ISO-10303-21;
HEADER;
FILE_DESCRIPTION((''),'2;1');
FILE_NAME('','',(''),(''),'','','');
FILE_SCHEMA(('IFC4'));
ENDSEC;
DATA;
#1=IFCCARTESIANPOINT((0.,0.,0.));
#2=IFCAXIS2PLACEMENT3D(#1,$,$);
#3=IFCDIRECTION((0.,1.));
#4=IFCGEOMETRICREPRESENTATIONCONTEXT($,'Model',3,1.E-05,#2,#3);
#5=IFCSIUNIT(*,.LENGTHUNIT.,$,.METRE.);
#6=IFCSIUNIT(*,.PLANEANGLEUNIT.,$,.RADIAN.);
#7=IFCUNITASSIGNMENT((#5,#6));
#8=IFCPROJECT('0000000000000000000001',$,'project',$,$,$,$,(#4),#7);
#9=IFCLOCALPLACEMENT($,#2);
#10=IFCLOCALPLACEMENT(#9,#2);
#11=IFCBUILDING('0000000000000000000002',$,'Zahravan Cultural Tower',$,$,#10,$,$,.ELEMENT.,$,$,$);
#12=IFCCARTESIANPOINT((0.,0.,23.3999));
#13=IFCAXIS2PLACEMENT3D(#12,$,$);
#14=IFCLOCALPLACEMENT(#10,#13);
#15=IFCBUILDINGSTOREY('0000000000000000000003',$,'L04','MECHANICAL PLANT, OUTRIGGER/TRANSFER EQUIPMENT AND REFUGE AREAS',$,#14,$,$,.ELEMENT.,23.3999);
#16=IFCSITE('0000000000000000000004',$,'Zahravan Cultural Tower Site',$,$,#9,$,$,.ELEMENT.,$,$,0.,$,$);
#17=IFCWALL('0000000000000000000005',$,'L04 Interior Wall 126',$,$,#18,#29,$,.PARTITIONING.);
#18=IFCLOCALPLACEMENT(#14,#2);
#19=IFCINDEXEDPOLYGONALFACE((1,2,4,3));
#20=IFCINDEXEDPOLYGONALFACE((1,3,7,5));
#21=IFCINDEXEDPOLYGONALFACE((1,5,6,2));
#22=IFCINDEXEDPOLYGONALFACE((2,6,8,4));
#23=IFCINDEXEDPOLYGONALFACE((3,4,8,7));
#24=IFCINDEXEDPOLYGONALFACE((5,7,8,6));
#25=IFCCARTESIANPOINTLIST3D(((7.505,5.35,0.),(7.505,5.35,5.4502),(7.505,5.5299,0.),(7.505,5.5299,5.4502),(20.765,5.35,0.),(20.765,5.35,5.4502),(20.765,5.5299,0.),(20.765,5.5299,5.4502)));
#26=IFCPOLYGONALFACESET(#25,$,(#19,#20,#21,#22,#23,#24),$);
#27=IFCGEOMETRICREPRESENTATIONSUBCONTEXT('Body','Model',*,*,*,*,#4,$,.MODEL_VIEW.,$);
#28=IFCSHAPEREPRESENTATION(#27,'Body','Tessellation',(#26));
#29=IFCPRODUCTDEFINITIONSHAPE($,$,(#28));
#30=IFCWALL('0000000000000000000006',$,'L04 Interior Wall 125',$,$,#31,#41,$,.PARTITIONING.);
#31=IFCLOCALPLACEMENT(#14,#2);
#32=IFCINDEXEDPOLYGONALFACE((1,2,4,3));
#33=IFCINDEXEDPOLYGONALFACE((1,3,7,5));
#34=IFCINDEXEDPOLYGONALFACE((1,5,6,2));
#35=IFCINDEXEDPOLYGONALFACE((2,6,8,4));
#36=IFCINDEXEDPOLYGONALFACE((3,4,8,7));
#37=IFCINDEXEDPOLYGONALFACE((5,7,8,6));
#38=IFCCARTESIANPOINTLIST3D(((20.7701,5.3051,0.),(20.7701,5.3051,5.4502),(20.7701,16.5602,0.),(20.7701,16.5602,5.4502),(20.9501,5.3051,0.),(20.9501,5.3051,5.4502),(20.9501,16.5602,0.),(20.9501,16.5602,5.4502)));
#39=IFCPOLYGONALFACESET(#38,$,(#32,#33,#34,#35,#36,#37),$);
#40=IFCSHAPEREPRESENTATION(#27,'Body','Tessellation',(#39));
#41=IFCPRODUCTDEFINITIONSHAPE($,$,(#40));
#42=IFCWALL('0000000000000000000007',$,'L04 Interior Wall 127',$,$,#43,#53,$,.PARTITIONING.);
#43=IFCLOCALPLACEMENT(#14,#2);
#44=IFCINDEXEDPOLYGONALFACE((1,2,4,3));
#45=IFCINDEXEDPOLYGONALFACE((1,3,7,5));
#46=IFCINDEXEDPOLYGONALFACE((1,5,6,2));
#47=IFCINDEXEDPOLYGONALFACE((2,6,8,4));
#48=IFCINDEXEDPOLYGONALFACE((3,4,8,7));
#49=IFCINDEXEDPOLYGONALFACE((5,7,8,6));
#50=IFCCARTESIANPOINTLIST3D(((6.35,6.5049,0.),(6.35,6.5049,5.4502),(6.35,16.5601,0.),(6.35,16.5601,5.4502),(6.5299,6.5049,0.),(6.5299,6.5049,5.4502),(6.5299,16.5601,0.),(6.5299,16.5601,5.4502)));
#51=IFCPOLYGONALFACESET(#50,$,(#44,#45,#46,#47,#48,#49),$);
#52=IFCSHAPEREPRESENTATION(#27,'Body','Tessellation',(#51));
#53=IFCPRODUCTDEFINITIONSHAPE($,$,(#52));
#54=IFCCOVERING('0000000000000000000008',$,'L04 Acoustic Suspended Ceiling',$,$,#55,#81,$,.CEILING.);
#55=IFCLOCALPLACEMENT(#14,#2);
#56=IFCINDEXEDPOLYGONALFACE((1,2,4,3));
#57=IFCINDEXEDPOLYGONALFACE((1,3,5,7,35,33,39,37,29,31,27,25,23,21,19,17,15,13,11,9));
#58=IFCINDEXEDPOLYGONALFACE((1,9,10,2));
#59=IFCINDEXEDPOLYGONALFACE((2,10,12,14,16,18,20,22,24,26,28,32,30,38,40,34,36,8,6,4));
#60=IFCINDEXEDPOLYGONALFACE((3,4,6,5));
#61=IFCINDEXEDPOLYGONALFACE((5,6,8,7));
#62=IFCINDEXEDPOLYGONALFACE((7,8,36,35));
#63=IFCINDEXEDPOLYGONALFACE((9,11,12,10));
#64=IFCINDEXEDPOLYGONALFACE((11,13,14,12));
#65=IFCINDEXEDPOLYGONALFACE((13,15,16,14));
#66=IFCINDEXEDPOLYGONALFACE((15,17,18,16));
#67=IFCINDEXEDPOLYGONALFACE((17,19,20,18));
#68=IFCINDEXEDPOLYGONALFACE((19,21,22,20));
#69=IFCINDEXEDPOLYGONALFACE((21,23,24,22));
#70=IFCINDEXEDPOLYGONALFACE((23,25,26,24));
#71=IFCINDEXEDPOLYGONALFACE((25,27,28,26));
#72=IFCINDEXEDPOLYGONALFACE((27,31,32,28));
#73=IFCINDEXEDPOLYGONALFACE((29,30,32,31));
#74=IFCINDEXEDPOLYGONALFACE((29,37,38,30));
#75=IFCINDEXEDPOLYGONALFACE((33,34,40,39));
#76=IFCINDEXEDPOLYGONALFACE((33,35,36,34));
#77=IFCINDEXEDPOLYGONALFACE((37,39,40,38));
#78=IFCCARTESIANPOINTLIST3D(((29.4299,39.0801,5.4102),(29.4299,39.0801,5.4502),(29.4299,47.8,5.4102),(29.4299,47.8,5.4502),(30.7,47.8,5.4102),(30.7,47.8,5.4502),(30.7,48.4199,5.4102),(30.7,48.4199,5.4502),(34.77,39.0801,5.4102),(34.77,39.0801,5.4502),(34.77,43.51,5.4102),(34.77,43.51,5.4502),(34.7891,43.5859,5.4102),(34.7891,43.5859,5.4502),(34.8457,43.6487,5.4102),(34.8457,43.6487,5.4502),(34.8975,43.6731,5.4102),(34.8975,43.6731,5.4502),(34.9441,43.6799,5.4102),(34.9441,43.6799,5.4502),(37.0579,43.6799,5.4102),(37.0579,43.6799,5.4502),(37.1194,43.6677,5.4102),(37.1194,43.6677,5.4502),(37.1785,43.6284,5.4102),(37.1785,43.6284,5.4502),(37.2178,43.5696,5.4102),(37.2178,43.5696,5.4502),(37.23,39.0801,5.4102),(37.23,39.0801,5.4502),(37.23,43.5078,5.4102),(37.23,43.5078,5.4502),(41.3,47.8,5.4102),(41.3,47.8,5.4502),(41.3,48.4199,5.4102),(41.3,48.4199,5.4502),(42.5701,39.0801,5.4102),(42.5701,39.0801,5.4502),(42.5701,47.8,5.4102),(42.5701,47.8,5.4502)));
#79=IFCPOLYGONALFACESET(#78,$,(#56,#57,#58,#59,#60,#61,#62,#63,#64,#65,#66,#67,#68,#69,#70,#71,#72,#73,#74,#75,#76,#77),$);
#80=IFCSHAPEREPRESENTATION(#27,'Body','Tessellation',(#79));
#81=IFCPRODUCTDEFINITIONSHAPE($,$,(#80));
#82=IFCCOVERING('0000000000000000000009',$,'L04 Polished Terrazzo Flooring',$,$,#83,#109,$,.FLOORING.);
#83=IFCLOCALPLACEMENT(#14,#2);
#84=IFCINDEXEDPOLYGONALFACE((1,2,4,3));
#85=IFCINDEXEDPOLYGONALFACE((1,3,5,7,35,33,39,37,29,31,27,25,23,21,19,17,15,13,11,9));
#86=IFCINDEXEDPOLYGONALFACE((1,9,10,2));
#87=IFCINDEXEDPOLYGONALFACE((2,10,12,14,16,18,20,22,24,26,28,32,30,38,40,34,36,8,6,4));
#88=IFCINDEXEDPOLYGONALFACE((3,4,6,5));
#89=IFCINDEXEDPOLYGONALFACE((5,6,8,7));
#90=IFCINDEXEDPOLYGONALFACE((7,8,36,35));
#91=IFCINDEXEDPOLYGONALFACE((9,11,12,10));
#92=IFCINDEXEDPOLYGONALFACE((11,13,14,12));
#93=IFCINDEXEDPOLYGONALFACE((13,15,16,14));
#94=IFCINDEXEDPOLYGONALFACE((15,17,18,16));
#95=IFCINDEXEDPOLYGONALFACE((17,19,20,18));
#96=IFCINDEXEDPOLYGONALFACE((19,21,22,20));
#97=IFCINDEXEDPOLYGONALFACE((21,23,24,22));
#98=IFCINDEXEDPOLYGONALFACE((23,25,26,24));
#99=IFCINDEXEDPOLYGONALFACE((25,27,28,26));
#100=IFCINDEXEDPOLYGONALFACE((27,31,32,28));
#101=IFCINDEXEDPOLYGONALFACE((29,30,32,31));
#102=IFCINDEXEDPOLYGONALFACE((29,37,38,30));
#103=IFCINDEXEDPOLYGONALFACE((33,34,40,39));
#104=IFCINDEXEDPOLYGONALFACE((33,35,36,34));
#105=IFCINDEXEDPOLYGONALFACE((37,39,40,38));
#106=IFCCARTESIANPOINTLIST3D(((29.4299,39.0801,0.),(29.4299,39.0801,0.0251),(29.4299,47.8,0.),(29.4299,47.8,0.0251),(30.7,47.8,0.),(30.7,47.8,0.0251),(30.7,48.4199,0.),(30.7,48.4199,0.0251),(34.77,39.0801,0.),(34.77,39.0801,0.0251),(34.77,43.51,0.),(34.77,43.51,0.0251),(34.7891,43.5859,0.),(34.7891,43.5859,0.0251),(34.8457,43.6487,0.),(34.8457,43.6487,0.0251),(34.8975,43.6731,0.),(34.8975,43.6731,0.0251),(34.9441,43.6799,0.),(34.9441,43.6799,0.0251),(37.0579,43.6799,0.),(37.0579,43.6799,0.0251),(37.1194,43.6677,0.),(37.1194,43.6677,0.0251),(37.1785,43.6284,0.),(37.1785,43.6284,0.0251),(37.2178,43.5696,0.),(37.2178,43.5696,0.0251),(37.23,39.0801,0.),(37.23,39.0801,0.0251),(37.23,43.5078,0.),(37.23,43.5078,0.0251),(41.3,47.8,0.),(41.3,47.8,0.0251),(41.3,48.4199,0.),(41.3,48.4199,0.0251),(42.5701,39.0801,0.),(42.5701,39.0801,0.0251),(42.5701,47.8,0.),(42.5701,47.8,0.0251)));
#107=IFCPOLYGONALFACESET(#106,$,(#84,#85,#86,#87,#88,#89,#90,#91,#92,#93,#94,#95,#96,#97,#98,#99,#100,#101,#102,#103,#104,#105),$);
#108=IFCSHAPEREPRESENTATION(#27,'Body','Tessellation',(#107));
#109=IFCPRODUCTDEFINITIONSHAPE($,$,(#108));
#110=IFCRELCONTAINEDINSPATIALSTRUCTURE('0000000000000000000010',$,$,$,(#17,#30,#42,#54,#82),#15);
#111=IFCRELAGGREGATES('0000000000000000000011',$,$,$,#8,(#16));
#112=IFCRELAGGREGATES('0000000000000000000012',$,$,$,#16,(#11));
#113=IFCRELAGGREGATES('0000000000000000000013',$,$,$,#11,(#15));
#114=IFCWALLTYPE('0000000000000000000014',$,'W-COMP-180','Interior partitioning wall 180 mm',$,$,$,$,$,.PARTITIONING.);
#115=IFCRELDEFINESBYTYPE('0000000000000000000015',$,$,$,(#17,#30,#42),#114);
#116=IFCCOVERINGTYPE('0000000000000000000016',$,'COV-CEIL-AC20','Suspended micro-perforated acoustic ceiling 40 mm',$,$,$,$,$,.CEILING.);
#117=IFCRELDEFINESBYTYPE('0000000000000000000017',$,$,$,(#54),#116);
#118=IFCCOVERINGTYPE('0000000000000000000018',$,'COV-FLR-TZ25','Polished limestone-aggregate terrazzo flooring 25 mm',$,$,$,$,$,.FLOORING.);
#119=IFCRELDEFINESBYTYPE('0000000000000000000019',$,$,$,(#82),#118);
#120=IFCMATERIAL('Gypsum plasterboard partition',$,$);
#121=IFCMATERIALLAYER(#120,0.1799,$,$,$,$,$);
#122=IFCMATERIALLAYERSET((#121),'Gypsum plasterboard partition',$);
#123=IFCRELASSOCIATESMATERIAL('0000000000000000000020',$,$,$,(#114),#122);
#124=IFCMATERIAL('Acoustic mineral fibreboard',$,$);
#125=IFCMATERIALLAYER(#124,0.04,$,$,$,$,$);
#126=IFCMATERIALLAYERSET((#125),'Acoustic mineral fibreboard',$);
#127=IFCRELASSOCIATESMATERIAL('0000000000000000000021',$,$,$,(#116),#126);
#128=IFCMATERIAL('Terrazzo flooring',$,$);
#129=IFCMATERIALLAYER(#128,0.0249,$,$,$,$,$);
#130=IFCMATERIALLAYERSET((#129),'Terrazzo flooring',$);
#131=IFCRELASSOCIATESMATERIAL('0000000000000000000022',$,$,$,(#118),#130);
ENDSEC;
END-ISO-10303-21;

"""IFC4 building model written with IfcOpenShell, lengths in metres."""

from ifc_helpers import new_model, si_unit, direction, frame, frame_2d, origin, place, context, subcontext, project, spatial, polyline, rectangle, outline, extrude, source, transform, mapped, material, layer, layer_set, type_object, element, save


model = new_model("IFC4")

# Units and contexts
model_context = context("Model", 3, precision=1e-05, world=origin(), true_north=direction((0.0, 1.0)))
body_context = subcontext(model_context, "Body", "Model", "MODEL_VIEW")
ifc_project = project(units=[si_unit("LENGTHUNIT", "METRE"), si_unit("PLANEANGLEUNIT", "RADIAN")], contexts=[model_context])

# Site, building, storey
site_placement = place(None, origin())
site = spatial("IfcSite", under=ifc_project, at=site_placement, Name="Zahravan Cultural Tower Site", CompositionType="ELEMENT", RefElevation=0.0)
building_placement = place(site_placement, origin())
building = spatial("IfcBuilding", under=site, at=building_placement, Name="Zahravan Cultural Tower", CompositionType="ELEMENT")
storey_placement = place(building_placement, frame((0.0, 0.0, 23.3999)))
storey = spatial("IfcBuildingStorey", under=building, at=storey_placement, Name="L04", Description="MECHANICAL PLANT, OUTRIGGER/TRANSFER EQUIPMENT AND REFUGE AREAS", CompositionType="ELEMENT", Elevation=23.3999)

# Walls
ifc_material_1 = material(Name="Gypsum plasterboard partition")
ifc_layer_1 = layer(ifc_material_1, 0.1799)
ifc_layer_set_1 = layer_set([ifc_layer_1], Name="Gypsum plasterboard partition")
wall_type_1 = type_object("IfcWallType", Name="W-COMP-180", Description="Interior partitioning wall 180 mm", PredefinedType="PARTITIONING", material=ifc_layer_set_1)
shared_shape_1 = source(origin(), body_context, "Body", "SweptSolid", [
    extrude(rectangle(XDim=13.26, YDim=0.1799, at=frame_2d((6.6299, 0.0))), origin(), (0.0, 0.0, 1.0), 5.4502),
])
wall_1_placement = place(storey_placement, frame((20.7649, 5.4399, 0.0), z_axis=(0.0, 0.0, 1.0), x_axis=(-1.0, 0.0, 0.0)))
element("IfcWall", 1, at=wall_1_placement, inside=storey, type_object=wall_type_1, Name="L04 Interior Wall 126", PredefinedType="PARTITIONING", context=body_context, shape_type="MappedRepresentation", body=[
    mapped(shared_shape_1, transform((0.0, 0.0, 0.0), x_axis=(1.0, 0.0, 0.0), y_axis=(0.0, 1.0, 0.0), z_axis=(0.0, 0.0, 1.0), scale=1.0)),
])
shared_shape_2 = source(origin(), body_context, "Body", "SweptSolid", [
    extrude(rectangle(XDim=11.2551, YDim=0.1799, at=frame_2d((5.6274, 0.0))), origin(), (0.0, 0.0, 1.0), 5.4502),
])
wall_2_placement = place(storey_placement, frame((20.8601, 16.5601, 0.0), z_axis=(0.0, 0.0, 1.0), x_axis=(0.0, -1.0, 0.0)))
element("IfcWall", 2, at=wall_2_placement, inside=storey, type_object=wall_type_1, Name="L04 Interior Wall 125", PredefinedType="PARTITIONING", context=body_context, shape_type="MappedRepresentation", body=[
    mapped(shared_shape_2, transform((0.0, 0.0, 0.0), x_axis=(1.0, 0.0, 0.0), y_axis=(0.0, 1.0, 0.0), z_axis=(0.0, 0.0, 1.0), scale=1.0)),
])
shared_shape_3 = source(origin(), body_context, "Body", "SweptSolid", [
    extrude(rectangle(XDim=10.0552, YDim=0.1799, at=frame_2d((5.0276, 0.0))), origin(), (0.0, 0.0, 1.0), 5.4502),
])
wall_3_placement = place(storey_placement, frame((6.4399, 6.5049, 0.0), z_axis=(0.0, 0.0, 1.0), x_axis=(0.0, 1.0, 0.0)))
element("IfcWall", 3, at=wall_3_placement, inside=storey, type_object=wall_type_1, Name="L04 Interior Wall 127", PredefinedType="PARTITIONING", context=body_context, shape_type="MappedRepresentation", body=[
    mapped(shared_shape_3, transform((0.0, 0.0, 0.0), x_axis=(1.0, 0.0, 0.0), y_axis=(0.0, 1.0, 0.0), z_axis=(0.0, 0.0, 1.0), scale=1.0)),
])

# Coverings
ifc_material_2 = material(Name="Acoustic mineral fibreboard")
ifc_layer_2 = layer(ifc_material_2, 0.04)
ifc_layer_set_2 = layer_set([ifc_layer_2], Name="Acoustic mineral fibreboard")
covering_type_1 = type_object("IfcCoveringType", Name="COV-CEIL-AC20", Description="Suspended micro-perforated acoustic ceiling 40 mm", PredefinedType="CEILING", material=ifc_layer_set_2)
covering_1_placement = place(storey_placement, frame((0.0, 0.0, 5.4102)))
element("IfcCovering", 4, at=covering_1_placement, inside=storey, type_object=covering_type_1, Name="L04 Acoustic Suspended Ceiling", PredefinedType="CEILING", context=body_context, shape_type="SweptSolid", body=[
    extrude(outline(polyline([(29.4299, 39.0801), (34.77, 39.0801), (34.77, 43.51), (34.7891, 43.5859), (34.8457, 43.6487), (34.8975, 43.6731), (34.9441, 43.6799), (37.0579, 43.6799), (37.1194, 43.6677), (37.1785, 43.6284), (37.2178, 43.5696), (37.23, 43.5078), (37.23, 39.0801), (42.5701, 39.0801), (42.5701, 47.8), (41.3, 47.8), (41.3, 48.4199), (30.7, 48.4199), (30.7, 47.8), (29.4299, 47.8), (29.4299, 39.0801)])), origin(), (0.0, 0.0, 1.0), 0.04),
])
ifc_material_3 = material(Name="Terrazzo flooring")
ifc_layer_3 = layer(ifc_material_3, 0.0249)
ifc_layer_set_3 = layer_set([ifc_layer_3], Name="Terrazzo flooring")
covering_type_2 = type_object("IfcCoveringType", Name="COV-FLR-TZ25", Description="Polished limestone-aggregate terrazzo flooring 25 mm", PredefinedType="FLOORING", material=ifc_layer_set_3)
covering_2_placement = place(storey_placement, origin())
element("IfcCovering", 5, at=covering_2_placement, inside=storey, type_object=covering_type_2, Name="L04 Polished Terrazzo Flooring", PredefinedType="FLOORING", context=body_context, shape_type="SweptSolid", body=[
    extrude(outline(polyline([(29.4299, 39.0801), (34.77, 39.0801), (34.77, 43.51), (34.7891, 43.5859), (34.8457, 43.6487), (34.8975, 43.6731), (34.9441, 43.6799), (37.0579, 43.6799), (37.1194, 43.6677), (37.1785, 43.6284), (37.2178, 43.5696), (37.23, 43.5078), (37.23, 39.0801), (42.5701, 39.0801), (42.5701, 47.8), (41.3, 47.8), (41.3, 48.4199), (30.7, 48.4199), (30.7, 47.8), (29.4299, 47.8), (29.4299, 39.0801)])), origin(), (0.0, 0.0, 1.0), 0.0251),
])

save(model, "model.ifc")
